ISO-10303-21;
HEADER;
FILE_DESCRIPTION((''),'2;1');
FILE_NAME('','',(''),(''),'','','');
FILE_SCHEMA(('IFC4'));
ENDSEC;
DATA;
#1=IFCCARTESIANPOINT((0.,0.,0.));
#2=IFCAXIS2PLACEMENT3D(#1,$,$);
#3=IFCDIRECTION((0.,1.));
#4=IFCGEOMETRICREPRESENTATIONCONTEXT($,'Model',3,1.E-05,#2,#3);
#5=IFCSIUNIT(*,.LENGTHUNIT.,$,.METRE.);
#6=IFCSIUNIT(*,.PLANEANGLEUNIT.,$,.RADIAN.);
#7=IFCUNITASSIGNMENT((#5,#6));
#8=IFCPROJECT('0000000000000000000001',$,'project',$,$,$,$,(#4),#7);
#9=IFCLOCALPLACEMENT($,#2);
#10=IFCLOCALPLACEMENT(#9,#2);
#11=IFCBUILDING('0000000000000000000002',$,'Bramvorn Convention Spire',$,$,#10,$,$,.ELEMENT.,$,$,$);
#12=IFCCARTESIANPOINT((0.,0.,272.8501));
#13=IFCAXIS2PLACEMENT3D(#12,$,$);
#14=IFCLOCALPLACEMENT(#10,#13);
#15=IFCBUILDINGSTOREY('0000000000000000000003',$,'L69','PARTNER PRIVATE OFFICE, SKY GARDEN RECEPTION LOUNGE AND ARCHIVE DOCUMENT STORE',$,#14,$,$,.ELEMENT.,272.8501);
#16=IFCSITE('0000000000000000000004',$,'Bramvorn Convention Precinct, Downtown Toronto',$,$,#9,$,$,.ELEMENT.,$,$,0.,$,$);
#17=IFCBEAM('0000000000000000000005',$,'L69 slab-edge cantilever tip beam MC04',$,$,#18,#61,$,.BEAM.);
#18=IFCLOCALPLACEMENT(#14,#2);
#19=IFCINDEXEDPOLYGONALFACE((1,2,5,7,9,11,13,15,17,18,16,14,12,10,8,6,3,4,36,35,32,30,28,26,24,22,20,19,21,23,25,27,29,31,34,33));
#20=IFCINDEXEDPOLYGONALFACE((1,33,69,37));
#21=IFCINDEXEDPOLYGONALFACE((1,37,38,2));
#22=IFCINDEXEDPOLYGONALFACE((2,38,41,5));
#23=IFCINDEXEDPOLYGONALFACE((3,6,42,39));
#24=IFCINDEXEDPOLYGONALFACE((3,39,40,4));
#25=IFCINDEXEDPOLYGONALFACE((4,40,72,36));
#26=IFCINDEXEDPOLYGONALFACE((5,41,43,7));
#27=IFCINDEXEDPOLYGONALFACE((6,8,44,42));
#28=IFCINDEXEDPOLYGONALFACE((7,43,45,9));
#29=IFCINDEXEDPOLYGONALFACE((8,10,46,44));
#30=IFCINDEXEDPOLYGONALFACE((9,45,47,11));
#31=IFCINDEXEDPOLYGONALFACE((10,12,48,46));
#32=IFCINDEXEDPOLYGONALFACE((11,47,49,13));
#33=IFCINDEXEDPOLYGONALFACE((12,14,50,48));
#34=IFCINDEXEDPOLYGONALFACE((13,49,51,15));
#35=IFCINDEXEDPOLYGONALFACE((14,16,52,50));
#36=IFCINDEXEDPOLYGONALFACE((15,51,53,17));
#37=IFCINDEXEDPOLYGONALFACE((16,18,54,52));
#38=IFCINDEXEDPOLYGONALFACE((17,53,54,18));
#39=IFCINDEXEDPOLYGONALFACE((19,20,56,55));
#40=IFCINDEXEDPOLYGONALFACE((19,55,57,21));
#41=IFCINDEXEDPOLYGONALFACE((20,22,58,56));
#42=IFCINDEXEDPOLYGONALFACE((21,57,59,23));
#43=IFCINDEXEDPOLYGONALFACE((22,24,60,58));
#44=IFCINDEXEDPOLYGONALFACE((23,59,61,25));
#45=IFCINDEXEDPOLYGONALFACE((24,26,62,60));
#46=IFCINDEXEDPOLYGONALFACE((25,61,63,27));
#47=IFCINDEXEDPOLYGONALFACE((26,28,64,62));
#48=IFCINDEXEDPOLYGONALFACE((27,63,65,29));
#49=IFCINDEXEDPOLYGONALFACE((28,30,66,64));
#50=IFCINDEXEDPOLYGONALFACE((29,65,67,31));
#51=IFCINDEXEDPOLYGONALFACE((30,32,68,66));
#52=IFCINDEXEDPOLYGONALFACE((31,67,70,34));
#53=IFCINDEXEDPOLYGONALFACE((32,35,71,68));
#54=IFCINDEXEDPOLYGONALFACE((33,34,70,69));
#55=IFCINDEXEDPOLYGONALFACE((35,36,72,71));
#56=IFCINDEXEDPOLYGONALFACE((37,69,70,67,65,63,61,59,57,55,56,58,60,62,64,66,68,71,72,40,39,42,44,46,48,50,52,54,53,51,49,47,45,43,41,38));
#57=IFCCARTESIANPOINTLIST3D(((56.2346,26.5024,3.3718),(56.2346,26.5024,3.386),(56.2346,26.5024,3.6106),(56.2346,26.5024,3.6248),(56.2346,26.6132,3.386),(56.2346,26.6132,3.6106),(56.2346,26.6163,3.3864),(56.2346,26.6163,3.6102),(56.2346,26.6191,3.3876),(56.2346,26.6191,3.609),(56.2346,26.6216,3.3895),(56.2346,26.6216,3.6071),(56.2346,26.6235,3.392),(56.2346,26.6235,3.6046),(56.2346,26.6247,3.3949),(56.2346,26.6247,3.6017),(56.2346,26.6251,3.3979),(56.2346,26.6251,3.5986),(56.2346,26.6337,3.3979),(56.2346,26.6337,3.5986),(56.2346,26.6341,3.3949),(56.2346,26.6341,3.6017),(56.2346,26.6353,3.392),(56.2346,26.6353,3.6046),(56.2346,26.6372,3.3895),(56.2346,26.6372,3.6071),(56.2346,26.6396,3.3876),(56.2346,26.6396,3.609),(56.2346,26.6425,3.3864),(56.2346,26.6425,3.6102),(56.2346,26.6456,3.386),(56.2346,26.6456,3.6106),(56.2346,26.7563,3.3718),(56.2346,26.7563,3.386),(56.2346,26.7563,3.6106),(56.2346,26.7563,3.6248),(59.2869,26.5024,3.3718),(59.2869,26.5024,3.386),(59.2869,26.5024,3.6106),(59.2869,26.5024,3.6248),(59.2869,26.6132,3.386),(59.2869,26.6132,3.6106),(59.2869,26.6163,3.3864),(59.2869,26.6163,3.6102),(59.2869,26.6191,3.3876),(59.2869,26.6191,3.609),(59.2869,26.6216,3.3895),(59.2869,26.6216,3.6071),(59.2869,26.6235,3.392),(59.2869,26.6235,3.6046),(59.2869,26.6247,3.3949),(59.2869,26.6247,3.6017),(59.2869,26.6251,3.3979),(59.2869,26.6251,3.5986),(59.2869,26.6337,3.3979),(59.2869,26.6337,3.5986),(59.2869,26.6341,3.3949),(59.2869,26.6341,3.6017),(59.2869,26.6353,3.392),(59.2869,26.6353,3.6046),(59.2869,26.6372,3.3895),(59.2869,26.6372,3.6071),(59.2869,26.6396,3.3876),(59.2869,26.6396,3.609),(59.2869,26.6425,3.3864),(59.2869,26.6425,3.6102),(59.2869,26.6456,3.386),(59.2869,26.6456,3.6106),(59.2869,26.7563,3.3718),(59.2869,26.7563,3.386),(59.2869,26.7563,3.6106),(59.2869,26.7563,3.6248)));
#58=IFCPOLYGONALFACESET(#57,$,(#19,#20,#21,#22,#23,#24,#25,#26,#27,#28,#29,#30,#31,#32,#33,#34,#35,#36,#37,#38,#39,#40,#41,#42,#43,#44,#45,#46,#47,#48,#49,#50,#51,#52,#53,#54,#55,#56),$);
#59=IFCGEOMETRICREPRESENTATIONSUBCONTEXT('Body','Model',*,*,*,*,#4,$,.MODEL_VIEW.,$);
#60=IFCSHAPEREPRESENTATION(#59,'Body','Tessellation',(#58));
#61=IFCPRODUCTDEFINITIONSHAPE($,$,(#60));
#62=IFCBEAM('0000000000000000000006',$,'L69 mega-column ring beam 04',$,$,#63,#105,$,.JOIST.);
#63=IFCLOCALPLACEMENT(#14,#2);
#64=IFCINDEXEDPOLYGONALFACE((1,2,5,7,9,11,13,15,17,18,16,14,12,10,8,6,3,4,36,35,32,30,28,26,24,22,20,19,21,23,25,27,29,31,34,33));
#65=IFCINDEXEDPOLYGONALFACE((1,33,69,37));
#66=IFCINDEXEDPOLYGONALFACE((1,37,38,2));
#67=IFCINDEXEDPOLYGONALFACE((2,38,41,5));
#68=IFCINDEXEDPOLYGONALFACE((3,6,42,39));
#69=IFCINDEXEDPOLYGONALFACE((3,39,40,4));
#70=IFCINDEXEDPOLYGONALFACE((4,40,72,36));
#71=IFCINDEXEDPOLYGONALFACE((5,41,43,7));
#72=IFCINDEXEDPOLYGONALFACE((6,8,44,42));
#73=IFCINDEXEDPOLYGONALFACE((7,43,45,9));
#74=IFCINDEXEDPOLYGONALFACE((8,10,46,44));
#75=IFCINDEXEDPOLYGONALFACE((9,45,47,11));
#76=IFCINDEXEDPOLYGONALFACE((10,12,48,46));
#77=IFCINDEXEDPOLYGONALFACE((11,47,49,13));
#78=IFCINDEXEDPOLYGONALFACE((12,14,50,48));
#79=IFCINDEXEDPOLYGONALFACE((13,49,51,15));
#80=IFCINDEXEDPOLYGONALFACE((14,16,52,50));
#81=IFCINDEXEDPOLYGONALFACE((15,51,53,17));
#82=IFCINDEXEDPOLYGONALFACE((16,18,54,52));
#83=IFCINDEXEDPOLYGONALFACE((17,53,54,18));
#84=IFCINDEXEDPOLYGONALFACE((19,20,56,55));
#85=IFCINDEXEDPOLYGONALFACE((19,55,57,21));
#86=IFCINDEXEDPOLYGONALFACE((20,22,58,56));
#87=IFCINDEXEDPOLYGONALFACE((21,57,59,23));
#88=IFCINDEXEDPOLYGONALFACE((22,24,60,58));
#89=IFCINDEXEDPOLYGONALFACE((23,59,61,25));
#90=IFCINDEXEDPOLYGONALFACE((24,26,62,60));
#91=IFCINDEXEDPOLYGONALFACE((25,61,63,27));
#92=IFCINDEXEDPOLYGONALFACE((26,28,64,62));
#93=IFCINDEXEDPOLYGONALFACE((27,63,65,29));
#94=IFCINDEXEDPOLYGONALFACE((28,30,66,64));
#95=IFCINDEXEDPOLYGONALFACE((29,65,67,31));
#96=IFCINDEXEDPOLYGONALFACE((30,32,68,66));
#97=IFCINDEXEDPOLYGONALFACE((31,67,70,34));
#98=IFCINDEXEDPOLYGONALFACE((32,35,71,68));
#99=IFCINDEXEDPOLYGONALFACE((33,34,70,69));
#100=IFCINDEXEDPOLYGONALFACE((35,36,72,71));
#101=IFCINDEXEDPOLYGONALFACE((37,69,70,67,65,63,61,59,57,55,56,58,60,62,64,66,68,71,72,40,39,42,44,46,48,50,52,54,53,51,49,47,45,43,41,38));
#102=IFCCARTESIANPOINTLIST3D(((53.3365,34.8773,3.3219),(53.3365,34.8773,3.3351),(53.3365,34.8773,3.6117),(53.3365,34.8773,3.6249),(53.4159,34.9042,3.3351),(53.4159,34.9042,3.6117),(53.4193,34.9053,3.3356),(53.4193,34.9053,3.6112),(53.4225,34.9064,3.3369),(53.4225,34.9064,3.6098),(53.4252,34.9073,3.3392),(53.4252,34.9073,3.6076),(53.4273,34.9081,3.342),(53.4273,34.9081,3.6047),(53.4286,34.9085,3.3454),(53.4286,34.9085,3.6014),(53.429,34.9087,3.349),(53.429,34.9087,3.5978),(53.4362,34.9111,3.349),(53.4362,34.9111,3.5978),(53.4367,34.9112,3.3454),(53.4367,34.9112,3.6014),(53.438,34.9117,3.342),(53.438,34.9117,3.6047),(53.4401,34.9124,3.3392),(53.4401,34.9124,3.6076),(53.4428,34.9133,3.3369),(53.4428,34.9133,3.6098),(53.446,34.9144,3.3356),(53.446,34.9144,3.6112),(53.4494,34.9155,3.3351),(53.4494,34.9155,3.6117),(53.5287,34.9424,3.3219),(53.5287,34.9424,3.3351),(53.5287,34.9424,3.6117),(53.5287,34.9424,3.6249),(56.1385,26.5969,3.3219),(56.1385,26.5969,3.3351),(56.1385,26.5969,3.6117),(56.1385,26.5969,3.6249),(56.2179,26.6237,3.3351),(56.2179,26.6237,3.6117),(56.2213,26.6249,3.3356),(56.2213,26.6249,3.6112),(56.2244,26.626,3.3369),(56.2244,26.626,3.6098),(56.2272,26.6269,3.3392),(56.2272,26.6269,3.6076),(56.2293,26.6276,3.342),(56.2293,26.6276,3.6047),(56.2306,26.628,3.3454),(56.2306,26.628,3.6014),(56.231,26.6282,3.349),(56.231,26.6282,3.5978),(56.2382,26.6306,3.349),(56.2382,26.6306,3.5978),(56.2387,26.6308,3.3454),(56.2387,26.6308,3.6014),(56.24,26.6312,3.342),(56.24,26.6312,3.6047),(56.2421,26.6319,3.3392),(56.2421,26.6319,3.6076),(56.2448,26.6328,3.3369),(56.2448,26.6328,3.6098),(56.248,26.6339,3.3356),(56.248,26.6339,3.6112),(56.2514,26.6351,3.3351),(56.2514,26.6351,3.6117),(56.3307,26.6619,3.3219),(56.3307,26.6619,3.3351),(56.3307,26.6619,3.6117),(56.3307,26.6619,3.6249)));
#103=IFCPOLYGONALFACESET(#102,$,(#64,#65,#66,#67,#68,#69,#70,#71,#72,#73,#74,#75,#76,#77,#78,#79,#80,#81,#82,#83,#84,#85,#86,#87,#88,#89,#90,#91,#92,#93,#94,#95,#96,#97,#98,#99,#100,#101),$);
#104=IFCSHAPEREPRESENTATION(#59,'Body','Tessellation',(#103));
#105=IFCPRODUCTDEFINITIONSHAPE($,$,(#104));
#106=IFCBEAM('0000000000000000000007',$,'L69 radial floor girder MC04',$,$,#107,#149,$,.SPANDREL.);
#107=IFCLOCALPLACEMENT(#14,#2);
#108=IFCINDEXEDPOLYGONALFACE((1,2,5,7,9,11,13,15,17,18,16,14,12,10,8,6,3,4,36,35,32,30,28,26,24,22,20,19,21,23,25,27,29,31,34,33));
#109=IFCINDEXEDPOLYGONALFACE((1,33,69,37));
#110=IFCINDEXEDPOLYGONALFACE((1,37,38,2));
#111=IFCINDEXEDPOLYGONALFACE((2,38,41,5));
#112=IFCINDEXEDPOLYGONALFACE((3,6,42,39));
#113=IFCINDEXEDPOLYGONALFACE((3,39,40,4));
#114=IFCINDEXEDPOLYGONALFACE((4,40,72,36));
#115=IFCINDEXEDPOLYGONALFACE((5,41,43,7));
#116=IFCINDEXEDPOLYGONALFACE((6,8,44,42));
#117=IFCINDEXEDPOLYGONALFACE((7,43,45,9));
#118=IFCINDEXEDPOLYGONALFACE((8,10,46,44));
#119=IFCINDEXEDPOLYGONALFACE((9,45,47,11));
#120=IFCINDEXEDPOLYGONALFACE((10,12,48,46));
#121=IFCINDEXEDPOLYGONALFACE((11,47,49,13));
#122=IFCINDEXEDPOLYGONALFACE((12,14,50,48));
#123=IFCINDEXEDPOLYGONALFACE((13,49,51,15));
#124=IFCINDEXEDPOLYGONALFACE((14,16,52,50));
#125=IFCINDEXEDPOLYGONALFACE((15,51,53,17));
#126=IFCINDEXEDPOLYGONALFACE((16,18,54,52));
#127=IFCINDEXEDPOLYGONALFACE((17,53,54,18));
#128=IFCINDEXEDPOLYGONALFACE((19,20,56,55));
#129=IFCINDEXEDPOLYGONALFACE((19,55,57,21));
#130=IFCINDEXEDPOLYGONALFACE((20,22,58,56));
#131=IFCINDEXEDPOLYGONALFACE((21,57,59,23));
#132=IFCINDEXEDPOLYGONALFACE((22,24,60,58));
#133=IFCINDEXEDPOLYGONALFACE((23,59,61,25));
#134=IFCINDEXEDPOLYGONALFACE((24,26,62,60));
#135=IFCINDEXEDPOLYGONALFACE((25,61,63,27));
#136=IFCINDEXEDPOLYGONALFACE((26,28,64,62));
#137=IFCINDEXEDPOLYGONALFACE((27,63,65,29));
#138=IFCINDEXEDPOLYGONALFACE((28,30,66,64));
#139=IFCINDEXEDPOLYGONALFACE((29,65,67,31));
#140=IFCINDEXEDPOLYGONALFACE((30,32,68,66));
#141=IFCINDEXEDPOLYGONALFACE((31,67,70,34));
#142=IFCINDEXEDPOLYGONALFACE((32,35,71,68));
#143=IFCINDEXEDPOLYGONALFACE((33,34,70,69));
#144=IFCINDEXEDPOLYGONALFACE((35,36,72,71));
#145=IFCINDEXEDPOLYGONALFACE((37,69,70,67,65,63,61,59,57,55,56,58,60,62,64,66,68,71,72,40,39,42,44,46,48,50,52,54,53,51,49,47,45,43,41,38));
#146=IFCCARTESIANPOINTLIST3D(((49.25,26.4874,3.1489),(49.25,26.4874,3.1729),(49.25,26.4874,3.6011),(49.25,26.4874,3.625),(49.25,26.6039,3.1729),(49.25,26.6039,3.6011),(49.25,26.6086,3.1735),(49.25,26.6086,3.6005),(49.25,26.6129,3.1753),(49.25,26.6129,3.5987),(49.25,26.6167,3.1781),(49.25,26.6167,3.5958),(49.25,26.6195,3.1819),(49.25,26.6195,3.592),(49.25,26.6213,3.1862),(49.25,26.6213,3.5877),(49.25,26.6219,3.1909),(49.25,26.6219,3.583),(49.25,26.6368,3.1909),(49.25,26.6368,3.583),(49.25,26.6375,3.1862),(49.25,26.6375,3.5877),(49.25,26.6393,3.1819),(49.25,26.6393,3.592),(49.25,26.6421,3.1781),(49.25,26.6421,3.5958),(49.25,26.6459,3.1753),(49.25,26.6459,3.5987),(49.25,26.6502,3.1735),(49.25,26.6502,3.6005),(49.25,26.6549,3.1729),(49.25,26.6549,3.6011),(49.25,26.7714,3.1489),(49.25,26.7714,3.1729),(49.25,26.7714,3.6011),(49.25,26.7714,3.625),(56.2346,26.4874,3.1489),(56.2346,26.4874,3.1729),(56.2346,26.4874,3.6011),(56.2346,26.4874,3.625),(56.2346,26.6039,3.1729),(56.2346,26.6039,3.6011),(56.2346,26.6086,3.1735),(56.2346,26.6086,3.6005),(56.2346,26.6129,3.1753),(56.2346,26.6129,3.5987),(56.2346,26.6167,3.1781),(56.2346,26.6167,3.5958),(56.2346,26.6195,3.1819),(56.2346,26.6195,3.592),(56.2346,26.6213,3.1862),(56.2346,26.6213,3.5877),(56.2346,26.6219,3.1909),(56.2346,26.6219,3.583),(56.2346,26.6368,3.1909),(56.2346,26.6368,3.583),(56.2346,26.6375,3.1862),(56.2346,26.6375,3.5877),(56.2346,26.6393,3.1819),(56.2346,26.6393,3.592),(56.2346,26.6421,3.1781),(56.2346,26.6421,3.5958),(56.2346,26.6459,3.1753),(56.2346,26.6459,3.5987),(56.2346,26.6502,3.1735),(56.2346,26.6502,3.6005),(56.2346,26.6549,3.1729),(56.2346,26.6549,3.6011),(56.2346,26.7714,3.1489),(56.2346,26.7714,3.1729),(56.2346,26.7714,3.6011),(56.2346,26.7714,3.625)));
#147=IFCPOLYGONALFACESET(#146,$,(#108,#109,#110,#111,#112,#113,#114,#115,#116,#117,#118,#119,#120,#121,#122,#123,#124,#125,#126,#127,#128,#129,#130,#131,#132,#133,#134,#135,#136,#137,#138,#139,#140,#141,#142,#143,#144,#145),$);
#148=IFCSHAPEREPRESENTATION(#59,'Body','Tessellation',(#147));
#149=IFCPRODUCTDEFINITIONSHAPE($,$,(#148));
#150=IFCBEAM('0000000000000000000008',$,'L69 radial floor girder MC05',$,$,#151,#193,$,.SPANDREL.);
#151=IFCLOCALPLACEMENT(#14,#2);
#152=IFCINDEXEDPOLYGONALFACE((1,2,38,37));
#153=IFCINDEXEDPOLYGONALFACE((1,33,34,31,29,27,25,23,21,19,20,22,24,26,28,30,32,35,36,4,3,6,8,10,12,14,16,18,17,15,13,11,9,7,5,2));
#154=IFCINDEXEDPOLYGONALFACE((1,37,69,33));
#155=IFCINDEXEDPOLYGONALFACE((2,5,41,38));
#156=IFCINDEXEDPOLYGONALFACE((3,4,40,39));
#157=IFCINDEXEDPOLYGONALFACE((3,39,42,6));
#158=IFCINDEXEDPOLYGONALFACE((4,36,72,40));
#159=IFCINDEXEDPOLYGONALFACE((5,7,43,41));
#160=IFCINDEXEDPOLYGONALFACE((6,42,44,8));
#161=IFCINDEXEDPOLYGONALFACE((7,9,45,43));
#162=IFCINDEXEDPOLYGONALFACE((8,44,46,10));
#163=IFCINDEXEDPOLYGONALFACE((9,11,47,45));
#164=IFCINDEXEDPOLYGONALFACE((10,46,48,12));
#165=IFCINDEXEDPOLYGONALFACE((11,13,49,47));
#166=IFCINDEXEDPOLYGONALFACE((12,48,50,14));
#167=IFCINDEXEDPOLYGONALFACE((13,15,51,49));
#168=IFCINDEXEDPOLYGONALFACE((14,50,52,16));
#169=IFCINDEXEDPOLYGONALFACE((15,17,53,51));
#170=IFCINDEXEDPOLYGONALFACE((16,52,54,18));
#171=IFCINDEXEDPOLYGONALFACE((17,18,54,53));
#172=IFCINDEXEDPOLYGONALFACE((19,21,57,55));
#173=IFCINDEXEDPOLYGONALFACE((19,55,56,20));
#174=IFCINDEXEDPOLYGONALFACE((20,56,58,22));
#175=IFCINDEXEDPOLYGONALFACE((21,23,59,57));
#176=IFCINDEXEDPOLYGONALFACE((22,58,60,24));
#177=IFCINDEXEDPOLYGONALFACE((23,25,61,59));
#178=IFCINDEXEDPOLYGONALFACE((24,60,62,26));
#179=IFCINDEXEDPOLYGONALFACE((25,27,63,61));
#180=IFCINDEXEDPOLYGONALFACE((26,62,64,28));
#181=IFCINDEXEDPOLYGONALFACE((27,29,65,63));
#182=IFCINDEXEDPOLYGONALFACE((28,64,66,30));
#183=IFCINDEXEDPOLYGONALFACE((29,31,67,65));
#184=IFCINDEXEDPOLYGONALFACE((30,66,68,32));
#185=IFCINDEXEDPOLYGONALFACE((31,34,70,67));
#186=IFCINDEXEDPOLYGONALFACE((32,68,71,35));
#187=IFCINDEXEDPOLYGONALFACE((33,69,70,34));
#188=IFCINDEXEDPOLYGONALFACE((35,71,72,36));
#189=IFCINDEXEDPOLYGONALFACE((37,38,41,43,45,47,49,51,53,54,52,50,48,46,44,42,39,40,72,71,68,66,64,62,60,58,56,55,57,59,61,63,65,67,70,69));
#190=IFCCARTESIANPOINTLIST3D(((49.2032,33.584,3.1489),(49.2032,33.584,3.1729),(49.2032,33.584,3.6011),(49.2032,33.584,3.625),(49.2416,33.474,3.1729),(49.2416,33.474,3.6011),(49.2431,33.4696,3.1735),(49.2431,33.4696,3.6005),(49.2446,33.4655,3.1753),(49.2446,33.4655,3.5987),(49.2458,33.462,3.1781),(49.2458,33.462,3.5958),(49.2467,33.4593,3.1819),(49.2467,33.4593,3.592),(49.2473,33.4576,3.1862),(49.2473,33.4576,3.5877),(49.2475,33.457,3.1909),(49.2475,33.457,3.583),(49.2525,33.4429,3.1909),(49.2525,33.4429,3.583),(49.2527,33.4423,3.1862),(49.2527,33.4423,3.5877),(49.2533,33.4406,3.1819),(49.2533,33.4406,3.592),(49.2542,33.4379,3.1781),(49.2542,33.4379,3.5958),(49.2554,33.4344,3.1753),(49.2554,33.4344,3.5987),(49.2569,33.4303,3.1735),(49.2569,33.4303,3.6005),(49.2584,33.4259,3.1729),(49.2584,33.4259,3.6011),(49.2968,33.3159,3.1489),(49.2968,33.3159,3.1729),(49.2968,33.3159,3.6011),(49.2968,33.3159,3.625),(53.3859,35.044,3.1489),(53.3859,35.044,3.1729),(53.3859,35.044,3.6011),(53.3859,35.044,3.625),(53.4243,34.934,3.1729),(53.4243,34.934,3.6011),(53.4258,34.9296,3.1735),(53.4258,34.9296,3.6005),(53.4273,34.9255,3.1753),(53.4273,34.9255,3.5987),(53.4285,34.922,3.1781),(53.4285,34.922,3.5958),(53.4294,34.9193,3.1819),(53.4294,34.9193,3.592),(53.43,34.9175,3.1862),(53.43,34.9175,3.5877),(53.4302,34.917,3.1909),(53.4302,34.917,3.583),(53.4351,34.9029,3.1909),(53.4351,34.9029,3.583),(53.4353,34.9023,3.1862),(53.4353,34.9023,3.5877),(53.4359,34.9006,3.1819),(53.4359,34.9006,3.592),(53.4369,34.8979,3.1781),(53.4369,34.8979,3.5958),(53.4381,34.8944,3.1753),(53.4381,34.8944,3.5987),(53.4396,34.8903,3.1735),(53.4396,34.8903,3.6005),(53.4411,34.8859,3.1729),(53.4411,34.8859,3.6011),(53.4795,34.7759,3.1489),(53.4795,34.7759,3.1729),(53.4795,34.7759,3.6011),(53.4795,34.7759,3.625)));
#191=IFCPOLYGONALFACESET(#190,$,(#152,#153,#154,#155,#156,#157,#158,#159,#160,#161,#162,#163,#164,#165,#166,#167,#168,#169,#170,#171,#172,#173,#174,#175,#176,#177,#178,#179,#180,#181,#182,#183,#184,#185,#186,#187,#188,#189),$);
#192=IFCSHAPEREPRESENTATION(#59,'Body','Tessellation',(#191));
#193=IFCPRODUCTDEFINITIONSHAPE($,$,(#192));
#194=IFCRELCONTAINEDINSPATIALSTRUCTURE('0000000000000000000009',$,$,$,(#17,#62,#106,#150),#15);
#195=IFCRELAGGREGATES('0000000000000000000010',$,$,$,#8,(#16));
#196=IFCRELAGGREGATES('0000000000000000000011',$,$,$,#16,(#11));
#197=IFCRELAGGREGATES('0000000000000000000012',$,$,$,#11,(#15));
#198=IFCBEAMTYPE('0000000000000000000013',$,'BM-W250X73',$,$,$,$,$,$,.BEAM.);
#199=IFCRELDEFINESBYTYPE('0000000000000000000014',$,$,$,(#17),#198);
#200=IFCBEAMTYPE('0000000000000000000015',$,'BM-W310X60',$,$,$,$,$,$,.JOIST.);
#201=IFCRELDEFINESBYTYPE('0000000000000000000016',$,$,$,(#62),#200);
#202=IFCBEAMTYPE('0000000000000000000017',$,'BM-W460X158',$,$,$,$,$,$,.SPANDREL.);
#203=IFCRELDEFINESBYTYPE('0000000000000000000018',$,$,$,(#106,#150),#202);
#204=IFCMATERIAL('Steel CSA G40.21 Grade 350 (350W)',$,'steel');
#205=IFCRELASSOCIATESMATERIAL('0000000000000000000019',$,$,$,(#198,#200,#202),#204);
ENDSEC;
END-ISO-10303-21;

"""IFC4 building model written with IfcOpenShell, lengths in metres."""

from ifc_helpers import new_model, si_unit, direction, frame, origin, origin_2d, place, context, subcontext, project, spatial, i_section, extrude, material, material_profile, profile_set, type_object, element, save


model = new_model("IFC4")

# Units and contexts
model_context = context("Model", 3, precision=1e-05, world=origin(), true_north=direction((0.0, 1.0)))
body_context = subcontext(model_context, "Body", "Model", "MODEL_VIEW")
ifc_project = project(units=[si_unit("LENGTHUNIT", "METRE"), si_unit("PLANEANGLEUNIT", "RADIAN")], contexts=[model_context])

# Site, building, storey
site_placement = place(None, origin())
site = spatial("IfcSite", under=ifc_project, at=site_placement, Name="Bramvorn Convention Precinct, Downtown Toronto", CompositionType="ELEMENT", RefElevation=0.0)
building_placement = place(site_placement, origin())
building = spatial("IfcBuilding", under=site, at=building_placement, Name="Bramvorn Convention Spire", CompositionType="ELEMENT")
storey_placement = place(building_placement, frame((0.0, 0.0, 272.8501)))
storey = spatial("IfcBuildingStorey", under=building, at=storey_placement, Name="L69", Description="PARTNER PRIVATE OFFICE, SKY GARDEN RECEPTION LOUNGE AND ARCHIVE DOCUMENT STORE", CompositionType="ELEMENT", Elevation=272.8501)

# Shared definitions
ifc_material_1 = material(Name="Steel CSA G40.21 Grade 350 (350W)", Category="steel")

# Beams
ifc_material_profile_1 = material_profile(ifc_material_1, i_section(OverallWidth=0.2539, OverallDepth=0.2529, WebThickness=0.0085, FlangeThickness=0.0142, FilletRadius=0.012, at=origin_2d()))
ifc_profile_set_1 = profile_set([ifc_material_profile_1], Name="Steel CSA G40.21 Grade 350 (350W) - W250X73")
beam_type_1 = type_object("IfcBeamType", Name="BM-W250X73", PredefinedType="BEAM", material=ifc_profile_set_1)
beam_1_placement = place(storey_placement, frame((56.2346, 26.6294, 3.4983), z_axis=(1.0, 0.0, 0.0), x_axis=(0.0, 1.0, 0.0)))
element("IfcBeam", 1, at=beam_1_placement, inside=storey, type_object=beam_type_1, Name="L69 slab-edge cantilever tip beam MC04", PredefinedType="BEAM", context=body_context, shape_type="SweptSolid", body=[
    extrude(i_section(OverallWidth=0.2539, OverallDepth=0.2529, WebThickness=0.0085, FlangeThickness=0.0142, FilletRadius=0.012, at=origin_2d()), origin(), (0.0, 0.0, 1.0), 3.0522),
])
ifc_material_profile_2 = material_profile(ifc_material_1, i_section(OverallWidth=0.2029, OverallDepth=0.303, WebThickness=0.0076, FlangeThickness=0.0132, FilletRadius=0.0139, at=origin_2d()))
ifc_profile_set_2 = profile_set([ifc_material_profile_2], Name="Steel CSA G40.21 Grade 350 (350W) - W310X60")
beam_type_2 = type_object("IfcBeamType", Name="BM-W310X60", PredefinedType="JOIST", material=ifc_profile_set_2)
beam_2_placement = place(storey_placement, frame((56.2346, 26.6294, 3.4734), z_axis=(-0.320531, 0.947238, 0.0), x_axis=(-0.947238, -0.320531, 0.0)))
element("IfcBeam", 2, at=beam_2_placement, inside=storey, type_object=beam_type_2, Name="L69 mega-column ring beam 04", PredefinedType="JOIST", context=body_context, shape_type="SweptSolid", body=[
    extrude(i_section(OverallWidth=0.2029, OverallDepth=0.303, WebThickness=0.0076, FlangeThickness=0.0132, FilletRadius=0.0139, at=origin_2d()), origin(), (0.0, 0.0, 1.0), 8.7417),
])
ifc_material_profile_3 = material_profile(ifc_material_1, i_section(OverallWidth=0.2839, OverallDepth=0.4761, WebThickness=0.0149, FlangeThickness=0.0239, FilletRadius=0.0181, at=origin_2d()))
ifc_profile_set_3 = profile_set([ifc_material_profile_3], Name="Steel CSA G40.21 Grade 350 (350W) - W460X158")
beam_type_3 = type_object("IfcBeamType", Name="BM-W460X158", PredefinedType="SPANDREL", material=ifc_profile_set_3)
beam_3_placement = place(storey_placement, frame((49.25, 26.6294, 3.387), z_axis=(1.0, 0.0, 0.0), x_axis=(0.0, 1.0, 0.0)))
element("IfcBeam", 3, at=beam_3_placement, inside=storey, type_object=beam_type_3, Name="L69 radial floor girder MC04", PredefinedType="SPANDREL", context=body_context, shape_type="SweptSolid", body=[
    extrude(i_section(OverallWidth=0.2839, OverallDepth=0.4761, WebThickness=0.0149, FlangeThickness=0.0239, FilletRadius=0.0181, at=origin_2d()), origin(), (0.0, 0.0, 1.0), 6.9846),
])
beam_4_placement = place(storey_placement, frame((49.25, 33.45, 3.387), z_axis=(0.944136, 0.329555, 0.0), x_axis=(-0.329555, 0.944136, 0.0)))
element("IfcBeam", 4, at=beam_4_placement, inside=storey, type_object=beam_type_3, Name="L69 radial floor girder MC05", PredefinedType="SPANDREL", context=body_context, shape_type="SweptSolid", body=[
    extrude(i_section(OverallWidth=0.2839, OverallDepth=0.4761, WebThickness=0.0149, FlangeThickness=0.0239, FilletRadius=0.0181, at=origin_2d()), origin(), (0.0, 0.0, 1.0), 4.4302),
])

save(model, "model.ifc")
